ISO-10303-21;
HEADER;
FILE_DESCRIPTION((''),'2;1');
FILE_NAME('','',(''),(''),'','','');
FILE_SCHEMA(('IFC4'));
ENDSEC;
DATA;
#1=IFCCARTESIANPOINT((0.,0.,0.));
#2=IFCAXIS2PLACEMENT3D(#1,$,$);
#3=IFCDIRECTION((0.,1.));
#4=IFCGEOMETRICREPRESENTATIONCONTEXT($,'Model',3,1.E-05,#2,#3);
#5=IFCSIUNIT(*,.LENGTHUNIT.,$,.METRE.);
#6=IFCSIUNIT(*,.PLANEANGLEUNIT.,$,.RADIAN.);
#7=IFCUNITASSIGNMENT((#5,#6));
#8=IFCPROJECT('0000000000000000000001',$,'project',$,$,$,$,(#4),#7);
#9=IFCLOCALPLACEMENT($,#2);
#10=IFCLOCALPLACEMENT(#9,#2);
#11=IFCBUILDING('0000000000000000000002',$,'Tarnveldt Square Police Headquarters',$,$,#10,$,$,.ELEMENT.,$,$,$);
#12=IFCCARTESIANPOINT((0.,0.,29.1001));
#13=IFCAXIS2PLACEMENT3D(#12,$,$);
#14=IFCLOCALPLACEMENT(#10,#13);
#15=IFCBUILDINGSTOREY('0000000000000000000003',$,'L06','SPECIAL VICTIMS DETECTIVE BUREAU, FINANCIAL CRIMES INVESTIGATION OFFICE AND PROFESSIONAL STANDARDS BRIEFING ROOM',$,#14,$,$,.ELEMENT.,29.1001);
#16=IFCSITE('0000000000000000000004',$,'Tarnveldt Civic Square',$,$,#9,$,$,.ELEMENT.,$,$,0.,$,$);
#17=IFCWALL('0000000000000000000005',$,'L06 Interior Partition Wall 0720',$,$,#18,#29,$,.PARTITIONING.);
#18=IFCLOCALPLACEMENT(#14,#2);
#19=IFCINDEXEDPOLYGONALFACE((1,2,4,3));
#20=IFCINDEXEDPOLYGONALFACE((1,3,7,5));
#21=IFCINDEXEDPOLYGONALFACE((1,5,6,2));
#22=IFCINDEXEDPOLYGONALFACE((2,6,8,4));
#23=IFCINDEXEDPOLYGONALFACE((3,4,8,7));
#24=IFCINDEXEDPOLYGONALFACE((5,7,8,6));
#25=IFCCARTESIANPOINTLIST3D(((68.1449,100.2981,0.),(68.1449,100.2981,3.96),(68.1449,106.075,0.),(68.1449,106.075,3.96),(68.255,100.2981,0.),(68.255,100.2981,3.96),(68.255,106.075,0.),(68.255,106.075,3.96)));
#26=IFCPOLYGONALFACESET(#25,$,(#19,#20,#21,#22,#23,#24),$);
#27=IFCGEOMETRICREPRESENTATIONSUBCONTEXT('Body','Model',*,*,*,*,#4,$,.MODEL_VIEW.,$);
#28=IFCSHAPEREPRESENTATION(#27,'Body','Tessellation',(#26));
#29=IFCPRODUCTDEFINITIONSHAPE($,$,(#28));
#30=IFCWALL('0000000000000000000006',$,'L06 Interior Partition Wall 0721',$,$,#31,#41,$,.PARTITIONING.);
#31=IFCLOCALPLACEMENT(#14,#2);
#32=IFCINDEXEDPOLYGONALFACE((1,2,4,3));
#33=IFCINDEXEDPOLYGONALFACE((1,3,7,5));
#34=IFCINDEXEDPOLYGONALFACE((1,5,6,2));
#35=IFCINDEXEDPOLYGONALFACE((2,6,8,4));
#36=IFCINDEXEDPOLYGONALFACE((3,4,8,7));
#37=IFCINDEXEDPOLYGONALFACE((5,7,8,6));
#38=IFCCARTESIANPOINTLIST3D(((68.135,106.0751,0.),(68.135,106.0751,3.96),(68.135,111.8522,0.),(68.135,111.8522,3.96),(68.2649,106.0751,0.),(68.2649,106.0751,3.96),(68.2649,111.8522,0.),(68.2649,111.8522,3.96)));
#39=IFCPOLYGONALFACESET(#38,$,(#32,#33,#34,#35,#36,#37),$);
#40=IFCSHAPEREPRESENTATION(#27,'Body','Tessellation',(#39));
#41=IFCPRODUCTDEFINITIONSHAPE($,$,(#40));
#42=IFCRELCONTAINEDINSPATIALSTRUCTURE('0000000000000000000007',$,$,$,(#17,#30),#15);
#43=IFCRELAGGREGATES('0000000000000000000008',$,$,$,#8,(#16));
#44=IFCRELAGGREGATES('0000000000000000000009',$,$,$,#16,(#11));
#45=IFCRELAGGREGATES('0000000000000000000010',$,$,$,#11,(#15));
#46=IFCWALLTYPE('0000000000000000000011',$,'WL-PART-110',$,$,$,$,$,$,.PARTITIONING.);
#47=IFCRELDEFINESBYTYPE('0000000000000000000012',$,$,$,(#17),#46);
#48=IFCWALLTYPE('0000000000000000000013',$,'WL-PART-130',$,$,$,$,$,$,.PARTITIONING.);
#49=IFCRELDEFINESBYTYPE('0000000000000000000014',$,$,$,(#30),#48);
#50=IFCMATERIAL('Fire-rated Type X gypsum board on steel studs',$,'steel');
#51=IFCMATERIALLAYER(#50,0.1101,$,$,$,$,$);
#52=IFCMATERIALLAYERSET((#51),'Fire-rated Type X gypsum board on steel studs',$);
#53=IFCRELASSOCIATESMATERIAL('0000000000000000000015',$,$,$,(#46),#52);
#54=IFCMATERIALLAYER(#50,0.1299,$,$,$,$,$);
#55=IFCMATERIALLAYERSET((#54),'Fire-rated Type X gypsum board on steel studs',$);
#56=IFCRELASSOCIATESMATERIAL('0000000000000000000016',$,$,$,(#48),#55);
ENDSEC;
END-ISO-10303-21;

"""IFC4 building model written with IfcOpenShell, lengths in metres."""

from ifc_helpers import new_model, si_unit, direction, frame, frame_2d, origin, place, context, subcontext, project, spatial, rectangle, extrude, material, layer, layer_set, type_object, element, save


model = new_model("IFC4")

# Units and contexts
model_context = context("Model", 3, precision=1e-05, world=origin(), true_north=direction((0.0, 1.0)))
body_context = subcontext(model_context, "Body", "Model", "MODEL_VIEW")
ifc_project = project(units=[si_unit("LENGTHUNIT", "METRE"), si_unit("PLANEANGLEUNIT", "RADIAN")], contexts=[model_context])

# Site, building, storey
site_placement = place(None, origin())
site = spatial("IfcSite", under=ifc_project, at=site_placement, Name="Tarnveldt Civic Square", CompositionType="ELEMENT", RefElevation=0.0)
building_placement = place(site_placement, origin())
building = spatial("IfcBuilding", under=site, at=building_placement, Name="Tarnveldt Square Police Headquarters", CompositionType="ELEMENT")
storey_placement = place(building_placement, frame((0.0, 0.0, 29.1001)))
storey = spatial("IfcBuildingStorey", under=building, at=storey_placement, Name="L06", Description="SPECIAL VICTIMS DETECTIVE BUREAU, FINANCIAL CRIMES INVESTIGATION OFFICE AND PROFESSIONAL STANDARDS BRIEFING ROOM", CompositionType="ELEMENT", Elevation=29.1001)

# Shared definitions
ifc_material_1 = material(Name="Fire-rated Type X gypsum board on steel studs", Category="steel")

# Walls
ifc_layer_1 = layer(ifc_material_1, 0.1101)
ifc_layer_set_1 = layer_set([ifc_layer_1], Name="Fire-rated Type X gypsum board on steel studs")
wall_type_1 = type_object("IfcWallType", Name="WL-PART-110", PredefinedType="PARTITIONING", material=ifc_layer_set_1)
wall_1_placement = place(storey_placement, frame((68.2, 100.2981, 0.0), z_axis=(0.0, 0.0, 1.0), x_axis=(0.0, 1.0, 0.0)))
element("IfcWall", 1, at=wall_1_placement, inside=storey, type_object=wall_type_1, Name="L06 Interior Partition Wall 0720", PredefinedType="PARTITIONING", context=body_context, shape_type="SweptSolid", body=[
    extrude(rectangle(XDim=5.7769, YDim=0.1101, at=frame_2d((2.8884, 0.0))), origin(), (0.0, 0.0, 1.0), 3.96),
])
ifc_layer_2 = layer(ifc_material_1, 0.1299)
ifc_layer_set_2 = layer_set([ifc_layer_2], Name="Fire-rated Type X gypsum board on steel studs")
wall_type_2 = type_object("IfcWallType", Name="WL-PART-130", PredefinedType="PARTITIONING", material=ifc_layer_set_2)
wall_2_placement = place(storey_placement, frame((68.2, 106.075, 0.0), z_axis=(0.0, 0.0, 1.0), x_axis=(0.0, 1.0, 0.0)))
element("IfcWall", 2, at=wall_2_placement, inside=storey, type_object=wall_type_2, Name="L06 Interior Partition Wall 0721", PredefinedType="PARTITIONING", context=body_context, shape_type="SweptSolid", body=[
    extrude(rectangle(XDim=5.7771, YDim=0.1299, at=frame_2d((2.8887, 0.0))), origin(), (0.0, 0.0, 1.0), 3.96),
])

save(model, "model.ifc")
